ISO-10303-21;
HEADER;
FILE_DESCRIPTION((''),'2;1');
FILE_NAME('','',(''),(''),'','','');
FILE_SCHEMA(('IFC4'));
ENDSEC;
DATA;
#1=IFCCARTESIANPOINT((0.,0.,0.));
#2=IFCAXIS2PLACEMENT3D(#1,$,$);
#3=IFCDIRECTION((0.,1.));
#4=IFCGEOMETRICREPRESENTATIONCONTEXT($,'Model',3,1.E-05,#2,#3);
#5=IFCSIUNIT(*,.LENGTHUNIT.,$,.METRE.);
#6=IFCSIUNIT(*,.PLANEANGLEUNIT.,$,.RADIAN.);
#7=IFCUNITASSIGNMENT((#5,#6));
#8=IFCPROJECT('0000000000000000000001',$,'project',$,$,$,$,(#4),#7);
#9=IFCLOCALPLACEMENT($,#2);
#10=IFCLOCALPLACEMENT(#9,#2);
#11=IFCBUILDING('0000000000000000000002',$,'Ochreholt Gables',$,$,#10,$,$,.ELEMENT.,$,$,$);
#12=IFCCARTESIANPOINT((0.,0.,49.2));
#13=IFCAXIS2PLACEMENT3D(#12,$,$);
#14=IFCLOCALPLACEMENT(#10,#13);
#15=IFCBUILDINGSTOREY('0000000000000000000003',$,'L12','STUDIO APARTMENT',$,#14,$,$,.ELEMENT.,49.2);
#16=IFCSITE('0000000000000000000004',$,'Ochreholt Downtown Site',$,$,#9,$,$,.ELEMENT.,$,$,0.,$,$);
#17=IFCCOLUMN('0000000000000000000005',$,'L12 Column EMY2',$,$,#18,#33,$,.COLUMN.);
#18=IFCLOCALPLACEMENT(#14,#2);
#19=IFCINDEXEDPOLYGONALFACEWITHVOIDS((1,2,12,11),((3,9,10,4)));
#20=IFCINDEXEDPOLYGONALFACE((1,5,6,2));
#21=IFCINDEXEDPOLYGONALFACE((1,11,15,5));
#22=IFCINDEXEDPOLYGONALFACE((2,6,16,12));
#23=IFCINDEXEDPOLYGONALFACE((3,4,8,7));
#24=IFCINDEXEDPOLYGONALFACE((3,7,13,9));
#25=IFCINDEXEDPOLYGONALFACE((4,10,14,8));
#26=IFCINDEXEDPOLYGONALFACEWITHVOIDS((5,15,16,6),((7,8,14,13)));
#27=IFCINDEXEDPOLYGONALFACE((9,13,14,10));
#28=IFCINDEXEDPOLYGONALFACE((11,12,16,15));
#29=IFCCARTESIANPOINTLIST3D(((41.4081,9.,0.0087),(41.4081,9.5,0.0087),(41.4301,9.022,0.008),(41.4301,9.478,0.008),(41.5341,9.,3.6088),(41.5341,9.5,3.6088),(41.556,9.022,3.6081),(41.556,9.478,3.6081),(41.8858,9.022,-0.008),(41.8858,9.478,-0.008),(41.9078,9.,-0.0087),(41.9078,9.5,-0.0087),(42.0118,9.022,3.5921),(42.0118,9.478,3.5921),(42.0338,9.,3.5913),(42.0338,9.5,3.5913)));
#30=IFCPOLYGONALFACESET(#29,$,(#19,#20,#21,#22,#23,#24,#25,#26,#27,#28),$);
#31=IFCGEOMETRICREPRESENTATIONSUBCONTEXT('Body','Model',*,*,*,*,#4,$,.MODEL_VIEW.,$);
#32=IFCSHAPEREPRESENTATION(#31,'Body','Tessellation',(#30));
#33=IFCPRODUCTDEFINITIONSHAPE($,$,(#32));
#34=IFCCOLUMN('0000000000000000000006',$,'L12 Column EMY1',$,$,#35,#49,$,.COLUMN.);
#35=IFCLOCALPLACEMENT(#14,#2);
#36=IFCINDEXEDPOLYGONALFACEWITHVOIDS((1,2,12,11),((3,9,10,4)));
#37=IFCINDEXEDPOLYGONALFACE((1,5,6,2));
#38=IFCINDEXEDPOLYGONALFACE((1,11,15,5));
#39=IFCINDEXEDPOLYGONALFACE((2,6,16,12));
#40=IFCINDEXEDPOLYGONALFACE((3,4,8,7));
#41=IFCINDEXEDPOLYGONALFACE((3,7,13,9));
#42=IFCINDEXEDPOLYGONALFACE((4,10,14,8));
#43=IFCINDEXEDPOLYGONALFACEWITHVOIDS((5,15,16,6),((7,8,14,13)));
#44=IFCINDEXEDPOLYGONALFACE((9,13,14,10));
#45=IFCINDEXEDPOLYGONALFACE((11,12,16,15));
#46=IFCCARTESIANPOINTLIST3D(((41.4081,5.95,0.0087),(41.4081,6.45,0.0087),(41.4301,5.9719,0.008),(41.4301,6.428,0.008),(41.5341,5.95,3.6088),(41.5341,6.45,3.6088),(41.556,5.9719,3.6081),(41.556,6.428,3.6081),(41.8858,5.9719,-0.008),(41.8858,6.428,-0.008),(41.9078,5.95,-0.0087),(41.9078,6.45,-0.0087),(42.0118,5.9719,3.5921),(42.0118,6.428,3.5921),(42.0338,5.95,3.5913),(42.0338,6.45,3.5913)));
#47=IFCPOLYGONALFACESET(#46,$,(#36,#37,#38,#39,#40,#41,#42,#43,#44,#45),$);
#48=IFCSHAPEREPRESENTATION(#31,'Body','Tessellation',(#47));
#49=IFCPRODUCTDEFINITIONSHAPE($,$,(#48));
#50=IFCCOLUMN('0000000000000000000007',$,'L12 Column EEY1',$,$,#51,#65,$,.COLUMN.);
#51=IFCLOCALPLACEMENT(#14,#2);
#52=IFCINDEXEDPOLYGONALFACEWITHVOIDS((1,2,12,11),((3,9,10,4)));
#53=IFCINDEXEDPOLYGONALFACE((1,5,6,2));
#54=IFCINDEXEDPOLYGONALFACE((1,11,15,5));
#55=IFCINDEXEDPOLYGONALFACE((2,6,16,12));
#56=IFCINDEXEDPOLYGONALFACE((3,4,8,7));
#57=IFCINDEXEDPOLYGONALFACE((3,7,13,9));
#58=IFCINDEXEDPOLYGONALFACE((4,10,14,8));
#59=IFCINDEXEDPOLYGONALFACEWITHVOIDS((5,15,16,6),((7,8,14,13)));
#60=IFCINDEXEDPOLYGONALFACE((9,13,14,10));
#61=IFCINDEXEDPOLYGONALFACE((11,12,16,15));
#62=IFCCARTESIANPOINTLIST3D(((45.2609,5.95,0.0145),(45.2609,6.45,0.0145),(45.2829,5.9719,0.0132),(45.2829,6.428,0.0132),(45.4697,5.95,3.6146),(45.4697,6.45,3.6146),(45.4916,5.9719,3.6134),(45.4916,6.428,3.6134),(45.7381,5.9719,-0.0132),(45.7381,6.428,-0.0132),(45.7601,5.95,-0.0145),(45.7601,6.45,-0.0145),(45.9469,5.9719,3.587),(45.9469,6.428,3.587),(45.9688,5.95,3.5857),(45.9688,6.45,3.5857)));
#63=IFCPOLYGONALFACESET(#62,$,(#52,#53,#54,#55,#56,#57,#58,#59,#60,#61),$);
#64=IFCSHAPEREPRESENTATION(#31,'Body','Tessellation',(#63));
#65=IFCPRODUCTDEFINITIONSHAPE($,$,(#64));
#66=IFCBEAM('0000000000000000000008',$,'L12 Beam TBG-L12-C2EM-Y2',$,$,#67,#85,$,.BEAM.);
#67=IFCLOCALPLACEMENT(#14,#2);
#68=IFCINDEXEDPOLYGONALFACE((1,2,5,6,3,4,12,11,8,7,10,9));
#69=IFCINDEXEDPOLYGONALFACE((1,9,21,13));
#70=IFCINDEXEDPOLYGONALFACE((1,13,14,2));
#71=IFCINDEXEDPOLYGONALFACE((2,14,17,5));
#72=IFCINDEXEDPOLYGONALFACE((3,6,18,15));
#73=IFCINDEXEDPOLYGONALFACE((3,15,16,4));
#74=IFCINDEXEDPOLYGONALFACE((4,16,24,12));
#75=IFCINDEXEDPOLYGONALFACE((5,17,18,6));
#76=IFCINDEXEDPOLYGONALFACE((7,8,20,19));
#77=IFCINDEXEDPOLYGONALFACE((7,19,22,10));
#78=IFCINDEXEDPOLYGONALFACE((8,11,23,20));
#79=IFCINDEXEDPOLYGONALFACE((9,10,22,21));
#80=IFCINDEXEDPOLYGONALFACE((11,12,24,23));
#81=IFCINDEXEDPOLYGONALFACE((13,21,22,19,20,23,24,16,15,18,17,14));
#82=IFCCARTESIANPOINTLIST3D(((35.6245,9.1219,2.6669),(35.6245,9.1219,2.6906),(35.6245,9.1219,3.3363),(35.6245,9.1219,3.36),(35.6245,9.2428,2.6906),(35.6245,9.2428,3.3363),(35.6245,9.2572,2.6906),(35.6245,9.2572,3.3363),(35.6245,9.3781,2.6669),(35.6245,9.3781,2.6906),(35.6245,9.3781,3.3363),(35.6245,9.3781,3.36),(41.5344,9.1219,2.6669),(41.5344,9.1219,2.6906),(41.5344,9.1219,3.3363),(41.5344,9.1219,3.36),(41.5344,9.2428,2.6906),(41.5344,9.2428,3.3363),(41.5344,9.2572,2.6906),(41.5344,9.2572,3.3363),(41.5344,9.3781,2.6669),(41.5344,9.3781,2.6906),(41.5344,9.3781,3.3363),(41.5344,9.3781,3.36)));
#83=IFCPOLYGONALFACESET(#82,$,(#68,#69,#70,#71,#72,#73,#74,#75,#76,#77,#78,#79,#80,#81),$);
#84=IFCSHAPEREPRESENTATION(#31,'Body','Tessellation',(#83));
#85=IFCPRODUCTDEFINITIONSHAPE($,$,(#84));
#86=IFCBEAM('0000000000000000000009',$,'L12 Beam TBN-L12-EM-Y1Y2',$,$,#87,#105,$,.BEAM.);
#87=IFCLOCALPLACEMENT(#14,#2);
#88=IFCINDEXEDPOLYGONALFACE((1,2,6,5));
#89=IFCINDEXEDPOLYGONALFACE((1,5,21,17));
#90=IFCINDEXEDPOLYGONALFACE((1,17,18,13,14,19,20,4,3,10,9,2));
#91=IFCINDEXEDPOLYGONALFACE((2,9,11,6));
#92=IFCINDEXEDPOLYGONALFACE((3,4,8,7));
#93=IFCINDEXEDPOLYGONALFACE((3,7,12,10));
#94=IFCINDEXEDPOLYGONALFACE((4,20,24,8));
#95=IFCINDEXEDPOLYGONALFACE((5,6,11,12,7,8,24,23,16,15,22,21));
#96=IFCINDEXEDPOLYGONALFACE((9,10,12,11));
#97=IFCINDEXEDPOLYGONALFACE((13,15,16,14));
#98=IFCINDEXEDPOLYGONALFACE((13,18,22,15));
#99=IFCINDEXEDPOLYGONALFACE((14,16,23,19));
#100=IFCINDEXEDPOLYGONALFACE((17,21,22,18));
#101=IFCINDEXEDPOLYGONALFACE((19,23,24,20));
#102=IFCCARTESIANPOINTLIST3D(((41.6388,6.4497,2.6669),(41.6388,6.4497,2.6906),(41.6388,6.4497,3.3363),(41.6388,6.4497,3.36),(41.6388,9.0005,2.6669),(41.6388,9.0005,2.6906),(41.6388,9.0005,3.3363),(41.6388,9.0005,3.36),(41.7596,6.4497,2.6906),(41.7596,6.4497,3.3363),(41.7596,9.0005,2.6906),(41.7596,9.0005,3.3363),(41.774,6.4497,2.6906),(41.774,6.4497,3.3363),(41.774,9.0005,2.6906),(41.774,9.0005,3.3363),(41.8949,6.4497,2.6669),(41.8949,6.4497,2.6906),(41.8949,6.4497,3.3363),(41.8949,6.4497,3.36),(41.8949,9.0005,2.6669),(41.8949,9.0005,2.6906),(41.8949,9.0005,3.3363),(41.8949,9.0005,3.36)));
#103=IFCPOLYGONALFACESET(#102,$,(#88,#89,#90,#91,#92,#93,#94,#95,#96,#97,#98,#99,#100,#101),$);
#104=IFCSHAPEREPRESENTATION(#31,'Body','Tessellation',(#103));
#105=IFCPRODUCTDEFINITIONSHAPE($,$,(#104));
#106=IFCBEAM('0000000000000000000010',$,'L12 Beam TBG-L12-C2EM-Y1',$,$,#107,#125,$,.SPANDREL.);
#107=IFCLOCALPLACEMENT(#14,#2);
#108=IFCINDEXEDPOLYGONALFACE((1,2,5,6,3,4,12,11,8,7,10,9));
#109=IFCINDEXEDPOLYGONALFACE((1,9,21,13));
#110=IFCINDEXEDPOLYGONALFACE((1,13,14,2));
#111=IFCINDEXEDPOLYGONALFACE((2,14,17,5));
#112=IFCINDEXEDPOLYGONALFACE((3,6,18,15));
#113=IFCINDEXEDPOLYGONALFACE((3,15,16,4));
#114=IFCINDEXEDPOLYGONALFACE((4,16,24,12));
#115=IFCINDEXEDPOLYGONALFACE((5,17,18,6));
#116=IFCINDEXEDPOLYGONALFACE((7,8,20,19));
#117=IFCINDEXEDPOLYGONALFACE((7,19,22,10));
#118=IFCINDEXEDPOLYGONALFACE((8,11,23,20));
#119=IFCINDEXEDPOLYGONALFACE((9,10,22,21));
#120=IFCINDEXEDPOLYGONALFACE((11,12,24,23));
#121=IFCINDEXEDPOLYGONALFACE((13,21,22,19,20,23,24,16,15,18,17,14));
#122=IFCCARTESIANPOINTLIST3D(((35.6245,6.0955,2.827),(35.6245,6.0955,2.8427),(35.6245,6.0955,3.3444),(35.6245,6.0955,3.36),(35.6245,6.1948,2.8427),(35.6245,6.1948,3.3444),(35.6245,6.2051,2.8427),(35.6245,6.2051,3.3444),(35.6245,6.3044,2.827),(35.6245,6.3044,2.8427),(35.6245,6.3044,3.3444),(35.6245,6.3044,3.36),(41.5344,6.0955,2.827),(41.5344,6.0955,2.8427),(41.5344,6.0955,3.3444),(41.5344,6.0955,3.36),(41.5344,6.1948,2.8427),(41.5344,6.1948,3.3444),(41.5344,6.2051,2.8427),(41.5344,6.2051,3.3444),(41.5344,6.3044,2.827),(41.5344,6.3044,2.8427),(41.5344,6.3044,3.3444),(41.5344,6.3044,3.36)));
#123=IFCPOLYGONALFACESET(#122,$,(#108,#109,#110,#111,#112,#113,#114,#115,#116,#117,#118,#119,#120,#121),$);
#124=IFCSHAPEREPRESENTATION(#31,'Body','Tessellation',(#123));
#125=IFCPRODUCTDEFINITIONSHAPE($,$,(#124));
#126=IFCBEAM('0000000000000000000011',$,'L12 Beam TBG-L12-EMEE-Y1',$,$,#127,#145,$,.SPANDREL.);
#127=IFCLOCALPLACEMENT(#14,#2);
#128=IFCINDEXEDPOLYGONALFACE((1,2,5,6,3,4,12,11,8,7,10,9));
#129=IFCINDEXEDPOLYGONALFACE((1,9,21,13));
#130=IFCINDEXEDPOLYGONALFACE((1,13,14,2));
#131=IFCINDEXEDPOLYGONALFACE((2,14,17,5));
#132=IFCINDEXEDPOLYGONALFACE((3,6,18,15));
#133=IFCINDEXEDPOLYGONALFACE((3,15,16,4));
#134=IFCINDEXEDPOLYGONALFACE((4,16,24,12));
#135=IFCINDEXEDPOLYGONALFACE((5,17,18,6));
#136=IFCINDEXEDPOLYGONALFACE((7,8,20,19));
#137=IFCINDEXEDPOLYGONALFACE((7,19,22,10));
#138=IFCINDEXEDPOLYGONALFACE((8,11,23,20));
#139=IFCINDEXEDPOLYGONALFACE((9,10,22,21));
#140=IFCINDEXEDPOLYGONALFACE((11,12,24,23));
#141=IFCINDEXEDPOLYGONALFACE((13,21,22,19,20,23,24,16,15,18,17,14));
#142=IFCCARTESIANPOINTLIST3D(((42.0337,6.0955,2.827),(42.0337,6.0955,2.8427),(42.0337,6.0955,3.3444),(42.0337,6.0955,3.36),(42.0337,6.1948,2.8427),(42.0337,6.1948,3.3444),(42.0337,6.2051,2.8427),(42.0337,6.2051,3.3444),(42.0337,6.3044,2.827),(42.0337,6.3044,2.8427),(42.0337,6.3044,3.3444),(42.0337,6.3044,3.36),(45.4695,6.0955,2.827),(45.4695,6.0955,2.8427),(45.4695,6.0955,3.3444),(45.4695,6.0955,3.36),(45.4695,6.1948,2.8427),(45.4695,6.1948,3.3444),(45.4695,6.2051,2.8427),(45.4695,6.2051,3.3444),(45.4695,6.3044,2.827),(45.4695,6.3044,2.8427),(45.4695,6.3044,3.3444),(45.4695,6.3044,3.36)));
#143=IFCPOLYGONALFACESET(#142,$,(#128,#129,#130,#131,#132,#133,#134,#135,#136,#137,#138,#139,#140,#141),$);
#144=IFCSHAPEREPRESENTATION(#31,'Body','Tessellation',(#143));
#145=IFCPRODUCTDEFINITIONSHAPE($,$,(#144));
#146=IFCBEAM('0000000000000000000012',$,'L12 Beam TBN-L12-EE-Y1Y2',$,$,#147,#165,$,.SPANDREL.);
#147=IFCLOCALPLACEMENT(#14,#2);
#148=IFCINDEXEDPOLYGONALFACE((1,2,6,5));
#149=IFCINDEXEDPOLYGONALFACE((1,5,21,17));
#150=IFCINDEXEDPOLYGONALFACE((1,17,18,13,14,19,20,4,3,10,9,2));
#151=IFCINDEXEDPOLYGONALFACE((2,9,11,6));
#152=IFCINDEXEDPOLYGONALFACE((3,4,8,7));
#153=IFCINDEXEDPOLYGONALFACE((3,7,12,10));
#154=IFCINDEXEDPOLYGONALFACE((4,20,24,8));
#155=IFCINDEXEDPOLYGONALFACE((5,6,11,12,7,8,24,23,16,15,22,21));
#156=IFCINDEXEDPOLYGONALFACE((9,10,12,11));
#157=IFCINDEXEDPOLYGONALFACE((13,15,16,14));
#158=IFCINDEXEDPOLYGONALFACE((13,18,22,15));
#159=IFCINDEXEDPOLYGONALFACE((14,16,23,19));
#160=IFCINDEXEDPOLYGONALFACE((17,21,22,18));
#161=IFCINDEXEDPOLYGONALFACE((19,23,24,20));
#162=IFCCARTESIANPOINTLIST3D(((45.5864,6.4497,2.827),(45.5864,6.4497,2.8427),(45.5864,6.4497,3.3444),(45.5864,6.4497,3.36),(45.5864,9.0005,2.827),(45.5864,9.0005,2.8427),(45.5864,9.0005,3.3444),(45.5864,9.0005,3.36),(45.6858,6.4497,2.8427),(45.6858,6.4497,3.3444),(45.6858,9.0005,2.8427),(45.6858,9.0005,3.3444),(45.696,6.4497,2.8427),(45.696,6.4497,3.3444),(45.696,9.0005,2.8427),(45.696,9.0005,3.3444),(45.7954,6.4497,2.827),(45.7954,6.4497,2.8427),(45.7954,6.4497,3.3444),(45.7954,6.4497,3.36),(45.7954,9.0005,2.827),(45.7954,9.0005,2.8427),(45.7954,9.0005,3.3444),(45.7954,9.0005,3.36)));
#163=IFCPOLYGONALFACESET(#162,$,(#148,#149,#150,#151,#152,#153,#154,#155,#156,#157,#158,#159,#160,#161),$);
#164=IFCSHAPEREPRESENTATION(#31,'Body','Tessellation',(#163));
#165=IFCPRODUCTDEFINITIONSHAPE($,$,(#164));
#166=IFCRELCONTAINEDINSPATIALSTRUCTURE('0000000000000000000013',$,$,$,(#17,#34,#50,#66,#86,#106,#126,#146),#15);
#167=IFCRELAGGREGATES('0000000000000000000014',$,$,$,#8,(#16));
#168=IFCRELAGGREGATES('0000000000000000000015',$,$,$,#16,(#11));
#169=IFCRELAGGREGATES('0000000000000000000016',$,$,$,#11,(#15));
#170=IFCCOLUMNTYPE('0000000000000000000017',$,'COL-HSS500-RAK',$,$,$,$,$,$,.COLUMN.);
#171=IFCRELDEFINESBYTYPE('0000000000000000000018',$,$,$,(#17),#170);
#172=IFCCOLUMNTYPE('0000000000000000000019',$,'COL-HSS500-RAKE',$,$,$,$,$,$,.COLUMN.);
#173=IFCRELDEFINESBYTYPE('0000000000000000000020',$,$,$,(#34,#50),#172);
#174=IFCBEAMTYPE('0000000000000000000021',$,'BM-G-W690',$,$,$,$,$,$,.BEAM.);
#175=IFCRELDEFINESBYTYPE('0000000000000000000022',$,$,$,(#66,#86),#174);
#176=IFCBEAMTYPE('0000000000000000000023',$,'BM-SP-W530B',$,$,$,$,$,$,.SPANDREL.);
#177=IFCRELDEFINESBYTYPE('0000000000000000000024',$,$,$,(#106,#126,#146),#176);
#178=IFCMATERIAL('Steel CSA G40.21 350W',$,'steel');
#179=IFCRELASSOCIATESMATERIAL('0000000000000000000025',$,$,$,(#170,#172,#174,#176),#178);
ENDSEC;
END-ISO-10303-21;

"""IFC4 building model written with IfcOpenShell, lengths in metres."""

from ifc_helpers import new_model, si_unit, direction, frame, origin, origin_2d, place, context, subcontext, project, spatial, hollow_rectangle, i_section, extrude, material, material_profile, profile_set, type_object, element, save


model = new_model("IFC4")

# Units and contexts
model_context = context("Model", 3, precision=1e-05, world=origin(), true_north=direction((0.0, 1.0)))
body_context = subcontext(model_context, "Body", "Model", "MODEL_VIEW")
ifc_project = project(units=[si_unit("LENGTHUNIT", "METRE"), si_unit("PLANEANGLEUNIT", "RADIAN")], contexts=[model_context])

# Site, building, storey
site_placement = place(None, origin())
site = spatial("IfcSite", under=ifc_project, at=site_placement, Name="Ochreholt Downtown Site", CompositionType="ELEMENT", RefElevation=0.0)
building_placement = place(site_placement, origin())
building = spatial("IfcBuilding", under=site, at=building_placement, Name="Ochreholt Gables", CompositionType="ELEMENT")
storey_placement = place(building_placement, frame((0.0, 0.0, 49.2)))
storey = spatial("IfcBuildingStorey", under=building, at=storey_placement, Name="L12", Description="STUDIO APARTMENT", CompositionType="ELEMENT", Elevation=49.2)

# Columns
ifc_material_1 = material(Name="Steel CSA G40.21 350W", Category="steel")
ifc_material_profile_1 = material_profile(ifc_material_1, hollow_rectangle(XDim=0.5, YDim=0.5, WallThickness=0.022, at=origin_2d()), Name="HSS500X500X22")
ifc_profile_set_1 = profile_set([ifc_material_profile_1], Name="Steel CSA G40.21 350W")
column_type_1 = type_object("IfcColumnType", Name="COL-HSS500-RAK", PredefinedType="COLUMN", material=ifc_profile_set_1)
column_1_placement = place(storey_placement, frame((41.658, 9.25, 0.0), z_axis=(0.034971, 0.0, 0.999388), x_axis=(0.0, 1.0, 0.0)))
element("IfcColumn", 1, at=column_1_placement, inside=storey, type_object=column_type_1, Name="L12 Column EMY2", PredefinedType="COLUMN", context=body_context, shape_type="SweptSolid", body=[
    extrude(hollow_rectangle(XDim=0.5, YDim=0.5, WallThickness=0.022, at=origin_2d()), origin(), (0.0, 0.0, 1.0), 3.6023),
])
ifc_material_profile_2 = material_profile(ifc_material_1, hollow_rectangle(XDim=0.5, YDim=0.5, WallThickness=0.022, at=origin_2d()), Name="HSS500X500X22")
ifc_profile_set_2 = profile_set([ifc_material_profile_2], Name="Steel CSA G40.21 350W")
column_type_2 = type_object("IfcColumnType", Name="COL-HSS500-RAKE", PredefinedType="COLUMN", material=ifc_profile_set_2)
column_2_placement = place(storey_placement, frame((41.658, 6.2, 0.0), z_axis=(0.034971, 0.0, 0.999388), x_axis=(0.0, 1.0, 0.0)))
element("IfcColumn", 2, at=column_2_placement, inside=storey, type_object=column_type_2, Name="L12 Column EMY1", PredefinedType="COLUMN", context=body_context, shape_type="SweptSolid", body=[
    extrude(hollow_rectangle(XDim=0.5, YDim=0.5, WallThickness=0.022, at=origin_2d()), origin(), (0.0, 0.0, 1.0), 3.6023),
])
column_3_placement = place(storey_placement, frame((45.5105, 6.2, 0.0), z_axis=(0.057885, 0.0, 0.998323), x_axis=(0.0, 1.0, 0.0)))
element("IfcColumn", 3, at=column_3_placement, inside=storey, type_object=column_type_2, Name="L12 Column EEY1", PredefinedType="COLUMN", context=body_context, shape_type="SweptSolid", body=[
    extrude(hollow_rectangle(XDim=0.5, YDim=0.5, WallThickness=0.022, at=origin_2d()), origin(), (0.0, 0.0, 1.0), 3.6062),
])

# Beams
ifc_material_profile_3 = material_profile(ifc_material_1, i_section(OverallWidth=0.2561, OverallDepth=0.6931, WebThickness=0.0144, FlangeThickness=0.0237, at=origin_2d()), Name="W690X170")
ifc_profile_set_3 = profile_set([ifc_material_profile_3], Name="Steel CSA G40.21 350W")
beam_type_1 = type_object("IfcBeamType", Name="BM-G-W690", PredefinedType="BEAM", material=ifc_profile_set_3)
beam_1_placement = place(storey_placement, frame((35.6245, 9.25, 3.0134), z_axis=(1.0, 0.0, 0.0), x_axis=(0.0, 1.0, 0.0)))
element("IfcBeam", 4, at=beam_1_placement, inside=storey, type_object=beam_type_1, Name="L12 Beam TBG-L12-C2EM-Y2", PredefinedType="BEAM", context=body_context, shape_type="SweptSolid", body=[
    extrude(i_section(OverallWidth=0.2561, OverallDepth=0.6931, WebThickness=0.0144, FlangeThickness=0.0237, at=origin_2d()), origin(), (0.0, 0.0, 1.0), 5.9099),
])
beam_2_placement = place(storey_placement, frame((41.7668, 6.4497, 3.0134), z_axis=(0.0, 1.0, 0.0), x_axis=(-1.0, 0.0, 0.0)))
element("IfcBeam", 5, at=beam_2_placement, inside=storey, type_object=beam_type_1, Name="L12 Beam TBN-L12-EM-Y1Y2", PredefinedType="BEAM", context=body_context, shape_type="SweptSolid", body=[
    extrude(i_section(OverallWidth=0.2561, OverallDepth=0.6931, WebThickness=0.0144, FlangeThickness=0.0237, at=origin_2d()), origin(), (0.0, 0.0, 1.0), 2.5508),
])
ifc_material_profile_4 = material_profile(ifc_material_1, i_section(OverallWidth=0.209, OverallDepth=0.533, WebThickness=0.0103, FlangeThickness=0.0156, at=origin_2d()), Name="W530X92")
ifc_profile_set_4 = profile_set([ifc_material_profile_4], Name="Steel CSA G40.21 350W")
beam_type_2 = type_object("IfcBeamType", Name="BM-SP-W530B", PredefinedType="SPANDREL", material=ifc_profile_set_4)
beam_3_placement = place(storey_placement, frame((35.6245, 6.2, 3.0935), z_axis=(1.0, 0.0, 0.0), x_axis=(0.0, 1.0, 0.0)))
element("IfcBeam", 6, at=beam_3_placement, inside=storey, type_object=beam_type_2, Name="L12 Beam TBG-L12-C2EM-Y1", PredefinedType="SPANDREL", context=body_context, shape_type="SweptSolid", body=[
    extrude(i_section(OverallWidth=0.209, OverallDepth=0.533, WebThickness=0.0103, FlangeThickness=0.0156, at=origin_2d()), origin(), (0.0, 0.0, 1.0), 5.9099),
])
beam_4_placement = place(storey_placement, frame((42.0337, 6.2, 3.0935), z_axis=(1.0, 0.0, 0.0), x_axis=(0.0, 1.0, 0.0)))
element("IfcBeam", 7, at=beam_4_placement, inside=storey, type_object=beam_type_2, Name="L12 Beam TBG-L12-EMEE-Y1", PredefinedType="SPANDREL", context=body_context, shape_type="SweptSolid", body=[
    extrude(i_section(OverallWidth=0.209, OverallDepth=0.533, WebThickness=0.0103, FlangeThickness=0.0156, at=origin_2d()), origin(), (0.0, 0.0, 1.0), 3.4358),
])
beam_5_placement = place(storey_placement, frame((45.6909, 6.4497, 3.0935), z_axis=(0.0, 1.0, 0.0), x_axis=(-1.0, 0.0, 0.0)))
element("IfcBeam", 8, at=beam_5_placement, inside=storey, type_object=beam_type_2, Name="L12 Beam TBN-L12-EE-Y1Y2", PredefinedType="SPANDREL", context=body_context, shape_type="SweptSolid", body=[
    extrude(i_section(OverallWidth=0.209, OverallDepth=0.533, WebThickness=0.0103, FlangeThickness=0.0156, at=origin_2d()), origin(), (0.0, 0.0, 1.0), 2.5508),
])

save(model, "model.ifc")
